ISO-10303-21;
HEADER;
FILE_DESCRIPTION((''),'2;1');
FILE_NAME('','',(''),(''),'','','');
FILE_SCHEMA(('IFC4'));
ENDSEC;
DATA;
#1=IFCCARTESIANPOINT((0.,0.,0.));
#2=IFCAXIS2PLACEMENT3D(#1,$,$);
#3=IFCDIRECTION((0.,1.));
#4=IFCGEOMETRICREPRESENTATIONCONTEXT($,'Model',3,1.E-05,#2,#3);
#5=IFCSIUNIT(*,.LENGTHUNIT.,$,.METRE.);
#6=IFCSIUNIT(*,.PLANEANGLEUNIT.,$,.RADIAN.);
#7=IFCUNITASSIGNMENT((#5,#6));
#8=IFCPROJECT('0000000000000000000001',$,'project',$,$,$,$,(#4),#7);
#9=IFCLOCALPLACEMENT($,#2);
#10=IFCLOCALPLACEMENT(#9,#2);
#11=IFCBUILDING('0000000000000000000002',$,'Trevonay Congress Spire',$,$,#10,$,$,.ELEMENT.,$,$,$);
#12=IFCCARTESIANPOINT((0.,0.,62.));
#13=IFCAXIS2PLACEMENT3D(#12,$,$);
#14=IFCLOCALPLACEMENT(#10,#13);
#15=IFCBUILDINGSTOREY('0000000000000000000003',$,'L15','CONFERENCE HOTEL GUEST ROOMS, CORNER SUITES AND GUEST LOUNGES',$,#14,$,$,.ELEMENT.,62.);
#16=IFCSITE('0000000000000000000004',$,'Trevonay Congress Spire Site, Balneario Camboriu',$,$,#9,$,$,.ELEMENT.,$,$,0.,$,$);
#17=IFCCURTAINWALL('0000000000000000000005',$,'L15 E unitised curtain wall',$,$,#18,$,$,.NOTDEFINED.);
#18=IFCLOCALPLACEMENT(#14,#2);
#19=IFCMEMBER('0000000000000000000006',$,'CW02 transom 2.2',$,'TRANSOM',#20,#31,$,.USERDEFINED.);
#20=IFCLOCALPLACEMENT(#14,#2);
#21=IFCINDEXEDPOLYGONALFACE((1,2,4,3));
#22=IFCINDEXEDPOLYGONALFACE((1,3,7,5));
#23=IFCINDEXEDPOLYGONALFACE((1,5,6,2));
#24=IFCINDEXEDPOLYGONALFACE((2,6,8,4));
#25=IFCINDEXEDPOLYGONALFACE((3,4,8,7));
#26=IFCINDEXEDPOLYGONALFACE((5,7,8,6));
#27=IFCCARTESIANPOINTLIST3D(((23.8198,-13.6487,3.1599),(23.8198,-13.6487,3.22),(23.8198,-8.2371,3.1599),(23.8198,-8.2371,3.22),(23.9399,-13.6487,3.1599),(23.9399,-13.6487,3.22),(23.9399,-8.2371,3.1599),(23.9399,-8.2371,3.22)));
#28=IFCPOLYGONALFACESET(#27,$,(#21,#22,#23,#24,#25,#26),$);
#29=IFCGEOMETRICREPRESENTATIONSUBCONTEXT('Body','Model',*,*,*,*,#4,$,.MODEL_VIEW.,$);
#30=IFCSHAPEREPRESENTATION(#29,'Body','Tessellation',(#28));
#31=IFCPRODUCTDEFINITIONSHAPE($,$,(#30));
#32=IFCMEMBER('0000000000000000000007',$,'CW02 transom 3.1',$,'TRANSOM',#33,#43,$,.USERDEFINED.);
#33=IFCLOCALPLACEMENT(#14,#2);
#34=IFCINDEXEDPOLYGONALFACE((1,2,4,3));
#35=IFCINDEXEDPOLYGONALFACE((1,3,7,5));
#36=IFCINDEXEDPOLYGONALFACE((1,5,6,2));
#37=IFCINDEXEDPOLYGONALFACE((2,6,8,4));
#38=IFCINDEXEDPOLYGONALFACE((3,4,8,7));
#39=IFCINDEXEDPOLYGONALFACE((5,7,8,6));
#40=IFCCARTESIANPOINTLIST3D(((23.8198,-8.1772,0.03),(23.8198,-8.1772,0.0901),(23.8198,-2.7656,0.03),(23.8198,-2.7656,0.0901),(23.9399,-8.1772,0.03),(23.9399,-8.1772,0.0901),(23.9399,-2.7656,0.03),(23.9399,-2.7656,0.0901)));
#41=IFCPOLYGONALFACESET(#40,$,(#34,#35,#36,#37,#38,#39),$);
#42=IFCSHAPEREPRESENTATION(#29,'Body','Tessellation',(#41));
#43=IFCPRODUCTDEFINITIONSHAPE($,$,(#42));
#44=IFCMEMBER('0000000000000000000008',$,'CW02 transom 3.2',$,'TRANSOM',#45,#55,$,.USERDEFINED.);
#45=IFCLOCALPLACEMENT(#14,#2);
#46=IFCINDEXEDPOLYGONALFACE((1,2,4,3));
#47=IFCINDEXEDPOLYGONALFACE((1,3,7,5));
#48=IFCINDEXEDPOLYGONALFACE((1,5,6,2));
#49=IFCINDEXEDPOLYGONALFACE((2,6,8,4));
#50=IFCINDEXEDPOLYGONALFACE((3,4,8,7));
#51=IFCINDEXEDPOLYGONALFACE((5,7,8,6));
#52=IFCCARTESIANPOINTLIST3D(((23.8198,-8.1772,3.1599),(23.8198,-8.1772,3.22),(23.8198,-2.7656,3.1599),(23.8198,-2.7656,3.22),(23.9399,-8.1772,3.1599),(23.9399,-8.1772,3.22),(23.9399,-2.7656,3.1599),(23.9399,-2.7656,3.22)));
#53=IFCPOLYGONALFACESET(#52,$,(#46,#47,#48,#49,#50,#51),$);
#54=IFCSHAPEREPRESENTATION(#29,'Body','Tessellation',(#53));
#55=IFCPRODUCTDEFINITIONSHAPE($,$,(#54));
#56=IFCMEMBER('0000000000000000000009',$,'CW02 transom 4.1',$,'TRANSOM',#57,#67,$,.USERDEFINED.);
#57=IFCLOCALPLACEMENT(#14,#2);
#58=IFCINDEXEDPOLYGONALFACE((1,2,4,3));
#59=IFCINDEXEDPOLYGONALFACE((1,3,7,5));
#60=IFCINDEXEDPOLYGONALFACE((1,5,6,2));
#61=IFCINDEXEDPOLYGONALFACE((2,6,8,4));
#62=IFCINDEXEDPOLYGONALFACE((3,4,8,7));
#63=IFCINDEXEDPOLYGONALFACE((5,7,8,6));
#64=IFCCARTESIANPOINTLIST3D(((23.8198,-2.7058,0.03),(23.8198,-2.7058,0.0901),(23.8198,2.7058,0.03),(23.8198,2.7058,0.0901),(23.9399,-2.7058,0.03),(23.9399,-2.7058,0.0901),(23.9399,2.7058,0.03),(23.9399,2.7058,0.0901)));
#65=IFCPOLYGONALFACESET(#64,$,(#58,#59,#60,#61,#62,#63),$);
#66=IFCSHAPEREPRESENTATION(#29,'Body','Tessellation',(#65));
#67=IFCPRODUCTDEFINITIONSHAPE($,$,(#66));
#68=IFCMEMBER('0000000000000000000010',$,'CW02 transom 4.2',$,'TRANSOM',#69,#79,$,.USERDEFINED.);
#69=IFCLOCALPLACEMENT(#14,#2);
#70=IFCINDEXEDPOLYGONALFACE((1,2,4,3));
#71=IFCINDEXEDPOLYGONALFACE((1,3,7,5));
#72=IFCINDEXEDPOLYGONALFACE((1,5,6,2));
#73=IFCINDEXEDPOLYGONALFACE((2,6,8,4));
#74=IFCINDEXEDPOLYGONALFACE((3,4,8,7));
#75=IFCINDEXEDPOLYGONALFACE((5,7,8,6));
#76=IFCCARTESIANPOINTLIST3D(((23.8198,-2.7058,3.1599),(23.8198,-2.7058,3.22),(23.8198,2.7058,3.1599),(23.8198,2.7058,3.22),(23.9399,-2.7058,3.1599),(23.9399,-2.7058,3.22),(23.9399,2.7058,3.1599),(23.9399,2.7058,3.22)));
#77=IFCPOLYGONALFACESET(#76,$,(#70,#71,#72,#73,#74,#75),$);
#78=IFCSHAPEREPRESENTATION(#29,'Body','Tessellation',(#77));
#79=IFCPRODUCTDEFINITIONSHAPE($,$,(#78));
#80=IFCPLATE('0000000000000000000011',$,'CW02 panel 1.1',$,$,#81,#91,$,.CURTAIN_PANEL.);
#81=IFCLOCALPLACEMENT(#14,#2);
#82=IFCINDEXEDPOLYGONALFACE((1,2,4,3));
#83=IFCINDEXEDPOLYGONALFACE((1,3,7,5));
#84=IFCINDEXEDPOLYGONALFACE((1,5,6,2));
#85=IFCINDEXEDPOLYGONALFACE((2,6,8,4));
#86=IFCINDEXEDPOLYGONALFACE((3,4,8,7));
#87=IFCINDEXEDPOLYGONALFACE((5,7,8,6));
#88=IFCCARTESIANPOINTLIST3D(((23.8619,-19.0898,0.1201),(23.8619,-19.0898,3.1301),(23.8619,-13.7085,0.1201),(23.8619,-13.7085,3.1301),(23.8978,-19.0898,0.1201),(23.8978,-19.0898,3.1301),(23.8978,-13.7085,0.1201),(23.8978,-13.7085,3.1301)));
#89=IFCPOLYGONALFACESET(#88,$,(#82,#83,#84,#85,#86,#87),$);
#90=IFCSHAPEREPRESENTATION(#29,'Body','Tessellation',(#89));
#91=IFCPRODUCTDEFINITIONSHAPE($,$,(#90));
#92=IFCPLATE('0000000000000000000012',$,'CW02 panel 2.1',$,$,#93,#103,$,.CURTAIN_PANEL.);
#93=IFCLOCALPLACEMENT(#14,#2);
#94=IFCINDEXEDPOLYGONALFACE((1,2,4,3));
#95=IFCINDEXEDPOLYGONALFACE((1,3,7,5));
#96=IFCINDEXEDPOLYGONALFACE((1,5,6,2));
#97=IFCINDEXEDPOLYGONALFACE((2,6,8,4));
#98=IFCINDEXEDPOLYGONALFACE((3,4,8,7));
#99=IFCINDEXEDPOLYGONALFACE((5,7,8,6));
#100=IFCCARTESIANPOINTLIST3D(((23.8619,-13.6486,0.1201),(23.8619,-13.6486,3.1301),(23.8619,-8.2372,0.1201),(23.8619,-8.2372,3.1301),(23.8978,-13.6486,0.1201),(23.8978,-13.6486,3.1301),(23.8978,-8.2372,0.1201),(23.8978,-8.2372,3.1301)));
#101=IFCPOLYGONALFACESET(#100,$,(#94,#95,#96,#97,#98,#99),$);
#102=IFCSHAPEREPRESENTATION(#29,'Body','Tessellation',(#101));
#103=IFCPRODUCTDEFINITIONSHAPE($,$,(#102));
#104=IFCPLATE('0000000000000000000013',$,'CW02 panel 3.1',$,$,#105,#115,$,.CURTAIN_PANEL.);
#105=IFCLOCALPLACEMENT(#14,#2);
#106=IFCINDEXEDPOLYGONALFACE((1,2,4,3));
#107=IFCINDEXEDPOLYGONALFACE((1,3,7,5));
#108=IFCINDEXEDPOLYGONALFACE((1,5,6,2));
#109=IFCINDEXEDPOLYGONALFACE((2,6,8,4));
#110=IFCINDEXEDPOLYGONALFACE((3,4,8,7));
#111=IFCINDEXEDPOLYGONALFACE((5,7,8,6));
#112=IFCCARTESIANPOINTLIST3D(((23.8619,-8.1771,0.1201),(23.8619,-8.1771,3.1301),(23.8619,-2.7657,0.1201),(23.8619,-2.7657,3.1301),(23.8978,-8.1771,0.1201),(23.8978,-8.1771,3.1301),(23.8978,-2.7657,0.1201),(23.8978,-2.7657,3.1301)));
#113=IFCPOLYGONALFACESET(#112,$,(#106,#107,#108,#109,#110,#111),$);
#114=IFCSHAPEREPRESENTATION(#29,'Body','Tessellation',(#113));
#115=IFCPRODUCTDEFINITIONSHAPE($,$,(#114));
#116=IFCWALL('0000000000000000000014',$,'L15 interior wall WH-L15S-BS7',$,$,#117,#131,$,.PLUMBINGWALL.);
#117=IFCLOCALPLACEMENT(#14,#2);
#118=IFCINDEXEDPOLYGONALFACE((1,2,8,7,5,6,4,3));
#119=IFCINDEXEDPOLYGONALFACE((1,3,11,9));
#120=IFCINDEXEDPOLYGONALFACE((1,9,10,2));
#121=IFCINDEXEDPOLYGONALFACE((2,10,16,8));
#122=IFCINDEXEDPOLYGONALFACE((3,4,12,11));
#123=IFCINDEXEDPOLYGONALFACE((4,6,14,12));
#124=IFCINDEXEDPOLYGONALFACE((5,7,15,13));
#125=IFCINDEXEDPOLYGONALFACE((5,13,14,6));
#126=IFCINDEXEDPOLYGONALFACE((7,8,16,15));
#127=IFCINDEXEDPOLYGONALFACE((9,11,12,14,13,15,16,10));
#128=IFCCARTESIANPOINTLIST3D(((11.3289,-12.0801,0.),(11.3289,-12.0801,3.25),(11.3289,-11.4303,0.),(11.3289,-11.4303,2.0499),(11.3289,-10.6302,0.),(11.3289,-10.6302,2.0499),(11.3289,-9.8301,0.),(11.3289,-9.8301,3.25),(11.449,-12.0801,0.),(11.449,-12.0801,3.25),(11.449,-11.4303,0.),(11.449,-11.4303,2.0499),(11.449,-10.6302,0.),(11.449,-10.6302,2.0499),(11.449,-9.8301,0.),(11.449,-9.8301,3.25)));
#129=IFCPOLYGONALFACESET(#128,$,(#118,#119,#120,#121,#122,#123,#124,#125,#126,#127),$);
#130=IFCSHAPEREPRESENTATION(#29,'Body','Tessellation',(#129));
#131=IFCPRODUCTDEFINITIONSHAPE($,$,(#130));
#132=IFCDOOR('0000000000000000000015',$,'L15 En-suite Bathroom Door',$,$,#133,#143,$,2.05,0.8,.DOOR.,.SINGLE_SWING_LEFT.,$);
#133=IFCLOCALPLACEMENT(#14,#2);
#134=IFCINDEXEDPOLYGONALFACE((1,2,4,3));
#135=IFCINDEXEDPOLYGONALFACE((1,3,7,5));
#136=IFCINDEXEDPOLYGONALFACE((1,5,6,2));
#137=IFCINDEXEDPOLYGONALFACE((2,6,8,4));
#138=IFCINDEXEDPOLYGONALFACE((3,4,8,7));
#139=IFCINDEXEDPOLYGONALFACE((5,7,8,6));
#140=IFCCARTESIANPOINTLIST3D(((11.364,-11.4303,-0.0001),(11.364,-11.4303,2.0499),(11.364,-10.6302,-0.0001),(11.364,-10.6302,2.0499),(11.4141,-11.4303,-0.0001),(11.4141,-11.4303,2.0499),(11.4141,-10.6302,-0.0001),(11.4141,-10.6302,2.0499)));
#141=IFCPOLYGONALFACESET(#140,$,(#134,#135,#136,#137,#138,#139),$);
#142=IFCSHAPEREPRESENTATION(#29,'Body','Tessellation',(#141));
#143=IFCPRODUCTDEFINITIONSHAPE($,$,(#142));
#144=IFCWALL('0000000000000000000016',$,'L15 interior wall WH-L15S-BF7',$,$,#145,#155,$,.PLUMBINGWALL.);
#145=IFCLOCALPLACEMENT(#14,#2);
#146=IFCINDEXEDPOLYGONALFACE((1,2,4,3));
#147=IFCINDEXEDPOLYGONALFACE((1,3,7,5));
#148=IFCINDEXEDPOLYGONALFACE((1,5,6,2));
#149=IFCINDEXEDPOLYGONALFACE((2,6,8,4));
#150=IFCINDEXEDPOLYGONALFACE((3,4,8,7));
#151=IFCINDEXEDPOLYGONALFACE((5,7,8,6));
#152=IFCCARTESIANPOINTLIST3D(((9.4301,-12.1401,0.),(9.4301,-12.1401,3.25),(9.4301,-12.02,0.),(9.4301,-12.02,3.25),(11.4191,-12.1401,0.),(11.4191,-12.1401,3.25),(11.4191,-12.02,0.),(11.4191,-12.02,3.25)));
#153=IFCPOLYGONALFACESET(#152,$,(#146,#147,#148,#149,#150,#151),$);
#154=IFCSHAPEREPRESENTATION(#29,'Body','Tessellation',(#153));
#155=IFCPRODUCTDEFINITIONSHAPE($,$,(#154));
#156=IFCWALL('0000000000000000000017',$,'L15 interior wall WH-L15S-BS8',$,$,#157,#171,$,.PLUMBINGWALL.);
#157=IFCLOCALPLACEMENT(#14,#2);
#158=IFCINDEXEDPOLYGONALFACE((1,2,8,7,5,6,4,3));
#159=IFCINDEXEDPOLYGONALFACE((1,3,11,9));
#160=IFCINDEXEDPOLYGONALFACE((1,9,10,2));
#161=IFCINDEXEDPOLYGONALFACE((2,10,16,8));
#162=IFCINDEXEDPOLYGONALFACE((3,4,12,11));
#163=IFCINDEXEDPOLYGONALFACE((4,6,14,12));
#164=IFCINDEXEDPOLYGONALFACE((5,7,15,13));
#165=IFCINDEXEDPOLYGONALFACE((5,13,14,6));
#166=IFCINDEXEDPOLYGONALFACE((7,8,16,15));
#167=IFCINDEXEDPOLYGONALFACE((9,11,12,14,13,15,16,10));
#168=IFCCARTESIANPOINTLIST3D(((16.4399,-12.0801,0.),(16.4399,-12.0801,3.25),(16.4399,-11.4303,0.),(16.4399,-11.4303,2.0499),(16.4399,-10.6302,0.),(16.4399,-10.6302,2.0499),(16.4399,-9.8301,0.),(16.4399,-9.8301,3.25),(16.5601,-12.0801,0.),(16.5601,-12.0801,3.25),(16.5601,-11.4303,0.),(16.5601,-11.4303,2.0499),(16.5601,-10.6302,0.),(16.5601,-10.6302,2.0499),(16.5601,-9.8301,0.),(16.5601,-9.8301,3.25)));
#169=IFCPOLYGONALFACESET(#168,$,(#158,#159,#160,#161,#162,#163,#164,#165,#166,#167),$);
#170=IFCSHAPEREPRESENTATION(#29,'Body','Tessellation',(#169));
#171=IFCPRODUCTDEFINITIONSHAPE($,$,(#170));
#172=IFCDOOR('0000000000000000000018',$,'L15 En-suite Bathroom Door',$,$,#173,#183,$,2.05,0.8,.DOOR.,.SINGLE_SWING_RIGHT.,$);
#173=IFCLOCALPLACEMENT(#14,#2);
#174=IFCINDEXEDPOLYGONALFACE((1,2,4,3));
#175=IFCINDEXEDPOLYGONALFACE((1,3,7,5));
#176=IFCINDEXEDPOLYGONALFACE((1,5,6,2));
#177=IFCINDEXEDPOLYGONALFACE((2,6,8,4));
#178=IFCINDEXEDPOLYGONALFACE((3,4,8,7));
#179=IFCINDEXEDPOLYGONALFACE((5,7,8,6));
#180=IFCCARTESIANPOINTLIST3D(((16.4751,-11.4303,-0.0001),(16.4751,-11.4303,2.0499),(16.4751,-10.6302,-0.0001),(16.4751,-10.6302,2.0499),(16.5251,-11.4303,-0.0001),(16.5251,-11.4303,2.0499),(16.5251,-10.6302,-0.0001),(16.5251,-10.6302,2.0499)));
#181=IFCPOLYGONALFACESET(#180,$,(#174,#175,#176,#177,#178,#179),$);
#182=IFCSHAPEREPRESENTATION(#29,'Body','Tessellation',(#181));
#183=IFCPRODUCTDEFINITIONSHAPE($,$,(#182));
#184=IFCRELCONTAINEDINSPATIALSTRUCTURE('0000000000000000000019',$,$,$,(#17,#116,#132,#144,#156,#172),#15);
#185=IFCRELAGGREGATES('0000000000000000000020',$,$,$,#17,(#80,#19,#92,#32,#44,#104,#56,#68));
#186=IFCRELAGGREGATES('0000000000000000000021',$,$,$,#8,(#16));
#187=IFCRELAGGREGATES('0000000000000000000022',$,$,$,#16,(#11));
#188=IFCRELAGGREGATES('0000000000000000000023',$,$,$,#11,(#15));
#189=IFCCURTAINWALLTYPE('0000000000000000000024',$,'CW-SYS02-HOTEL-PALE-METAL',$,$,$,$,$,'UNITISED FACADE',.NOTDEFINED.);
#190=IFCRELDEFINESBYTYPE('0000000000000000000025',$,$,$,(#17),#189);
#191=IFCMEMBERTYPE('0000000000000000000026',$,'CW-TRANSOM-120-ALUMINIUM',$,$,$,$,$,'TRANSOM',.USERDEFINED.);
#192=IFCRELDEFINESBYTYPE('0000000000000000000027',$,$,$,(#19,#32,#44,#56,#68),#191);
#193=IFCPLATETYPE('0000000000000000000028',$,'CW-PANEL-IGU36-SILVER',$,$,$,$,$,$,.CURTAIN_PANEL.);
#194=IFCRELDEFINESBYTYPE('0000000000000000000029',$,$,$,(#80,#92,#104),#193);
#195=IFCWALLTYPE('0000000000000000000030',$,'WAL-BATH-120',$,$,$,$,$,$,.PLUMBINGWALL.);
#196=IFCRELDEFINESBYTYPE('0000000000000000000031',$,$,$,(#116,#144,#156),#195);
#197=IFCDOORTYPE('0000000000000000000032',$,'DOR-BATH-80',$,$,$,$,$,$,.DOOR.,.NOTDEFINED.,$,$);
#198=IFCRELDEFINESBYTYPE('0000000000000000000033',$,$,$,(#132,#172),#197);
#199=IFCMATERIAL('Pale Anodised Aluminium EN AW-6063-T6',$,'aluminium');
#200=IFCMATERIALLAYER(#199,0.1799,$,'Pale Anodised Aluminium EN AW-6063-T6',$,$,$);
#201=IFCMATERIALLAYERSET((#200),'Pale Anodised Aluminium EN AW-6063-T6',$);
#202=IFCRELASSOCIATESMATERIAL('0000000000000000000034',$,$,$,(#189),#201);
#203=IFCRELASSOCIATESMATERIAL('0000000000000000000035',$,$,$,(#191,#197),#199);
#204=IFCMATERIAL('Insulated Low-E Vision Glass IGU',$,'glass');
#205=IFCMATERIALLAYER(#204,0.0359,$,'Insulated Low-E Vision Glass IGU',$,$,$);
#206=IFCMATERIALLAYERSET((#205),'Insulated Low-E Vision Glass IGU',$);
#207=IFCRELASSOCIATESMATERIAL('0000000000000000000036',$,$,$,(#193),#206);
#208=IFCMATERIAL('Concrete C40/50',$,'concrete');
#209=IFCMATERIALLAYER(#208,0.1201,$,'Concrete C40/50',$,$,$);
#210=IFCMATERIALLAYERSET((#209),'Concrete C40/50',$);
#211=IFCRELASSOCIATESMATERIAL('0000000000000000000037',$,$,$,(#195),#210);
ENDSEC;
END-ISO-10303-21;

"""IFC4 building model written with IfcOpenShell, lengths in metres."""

from ifc_helpers import new_model, si_unit, direction, frame, frame_2d, origin, origin_2d, place, context, subcontext, project, spatial, rectangle, extrude, material, layer, layer_set, material_profile, profile_set, type_object, element, fill, aggregate, save


model = new_model("IFC4")

# Units and contexts
model_context = context("Model", 3, precision=1e-05, world=origin(), true_north=direction((0.0, 1.0)))
body_context = subcontext(model_context, "Body", "Model", "MODEL_VIEW")
ifc_project = project(units=[si_unit("LENGTHUNIT", "METRE"), si_unit("PLANEANGLEUNIT", "RADIAN")], contexts=[model_context])

# Site, building, storey
site_placement = place(None, origin())
site = spatial("IfcSite", under=ifc_project, at=site_placement, Name="Trevonay Congress Spire Site, Balneario Camboriu", CompositionType="ELEMENT", RefElevation=0.0)
building_placement = place(site_placement, origin())
building = spatial("IfcBuilding", under=site, at=building_placement, Name="Trevonay Congress Spire", CompositionType="ELEMENT")
storey_placement = place(building_placement, frame((0.0, 0.0, 62.0)))
storey = spatial("IfcBuildingStorey", under=building, at=storey_placement, Name="L15", Description="CONFERENCE HOTEL GUEST ROOMS, CORNER SUITES AND GUEST LOUNGES", CompositionType="ELEMENT", Elevation=62.0)

# Curtain wall, members, plates
ifc_material_1 = material(Name="Pale Anodised Aluminium EN AW-6063-T6", Category="aluminium")
ifc_layer_1 = layer(ifc_material_1, 0.1799, Name="Pale Anodised Aluminium EN AW-6063-T6")
ifc_layer_set_1 = layer_set([ifc_layer_1], Name="Pale Anodised Aluminium EN AW-6063-T6")
curtain_wall_type = type_object("IfcCurtainWallType", Name="CW-SYS02-HOTEL-PALE-METAL", ElementType="UNITISED FACADE", PredefinedType="NOTDEFINED", material=ifc_layer_set_1)
curtain_wall_placement = place(storey_placement, origin())
curtain_wall = element("IfcCurtainWall", 1, at=curtain_wall_placement, inside=storey, type_object=curtain_wall_type, Name="L15 E unitised curtain wall", PredefinedType="NOTDEFINED")
ifc_material_profile_1 = material_profile(ifc_material_1, rectangle(XDim=0.1201, YDim=0.0601, at=origin_2d()), Name="CW-TRANSOM-120-ALUMINIUM")
ifc_profile_set_1 = profile_set([ifc_material_profile_1], Name="Pale Anodised Aluminium EN AW-6063-T6")
member_type_1 = type_object("IfcMemberType", Name="CW-TRANSOM-120-ALUMINIUM", ElementType="TRANSOM", PredefinedType="USERDEFINED", material=ifc_profile_set_1)
member_1_placement = place(storey_placement, frame((23.8799, -13.6487, 3.1899), z_axis=(0.0, 1.0, 0.0), x_axis=(-1.0, 0.0, 0.0)))
member_1 = element("IfcMember", 2, at=member_1_placement, type_object=member_type_1, Name="CW02 transom 2.2", ObjectType="TRANSOM", PredefinedType="USERDEFINED", context=body_context, shape_type="SweptSolid", body=[
    extrude(rectangle(XDim=0.1201, YDim=0.0601, at=origin_2d()), origin(), (0.0, 0.0, 1.0), 5.4116),
])
member_2_placement = place(storey_placement, frame((23.8799, -8.1772, 0.0601), z_axis=(0.0, 1.0, 0.0), x_axis=(-1.0, 0.0, 0.0)))
member_2 = element("IfcMember", 3, at=member_2_placement, type_object=member_type_1, Name="CW02 transom 3.1", ObjectType="TRANSOM", PredefinedType="USERDEFINED", context=body_context, shape_type="SweptSolid", body=[
    extrude(rectangle(XDim=0.1201, YDim=0.0601, at=origin_2d()), origin(), (0.0, 0.0, 1.0), 5.4116),
])
member_3_placement = place(storey_placement, frame((23.8799, -8.1772, 3.1899), z_axis=(0.0, 1.0, 0.0), x_axis=(-1.0, 0.0, 0.0)))
member_3 = element("IfcMember", 4, at=member_3_placement, type_object=member_type_1, Name="CW02 transom 3.2", ObjectType="TRANSOM", PredefinedType="USERDEFINED", context=body_context, shape_type="SweptSolid", body=[
    extrude(rectangle(XDim=0.1201, YDim=0.0601, at=origin_2d()), origin(), (0.0, 0.0, 1.0), 5.4116),
])
member_4_placement = place(storey_placement, frame((23.8799, -2.7058, 0.0601), z_axis=(0.0, 1.0, 0.0), x_axis=(-1.0, 0.0, 0.0)))
member_4 = element("IfcMember", 5, at=member_4_placement, type_object=member_type_1, Name="CW02 transom 4.1", ObjectType="TRANSOM", PredefinedType="USERDEFINED", context=body_context, shape_type="SweptSolid", body=[
    extrude(rectangle(XDim=0.1201, YDim=0.0601, at=origin_2d()), origin(), (0.0, 0.0, 1.0), 5.4116),
])
member_5_placement = place(storey_placement, frame((23.8799, -2.7058, 3.1899), z_axis=(0.0, 1.0, 0.0), x_axis=(-1.0, 0.0, 0.0)))
member_5 = element("IfcMember", 6, at=member_5_placement, type_object=member_type_1, Name="CW02 transom 4.2", ObjectType="TRANSOM", PredefinedType="USERDEFINED", context=body_context, shape_type="SweptSolid", body=[
    extrude(rectangle(XDim=0.1201, YDim=0.0601, at=origin_2d()), origin(), (0.0, 0.0, 1.0), 5.4116),
])
ifc_material_2 = material(Name="Insulated Low-E Vision Glass IGU", Category="glass")
ifc_layer_2 = layer(ifc_material_2, 0.0359, Name="Insulated Low-E Vision Glass IGU")
ifc_layer_set_2 = layer_set([ifc_layer_2], Name="Insulated Low-E Vision Glass IGU")
plate_type = type_object("IfcPlateType", Name="CW-PANEL-IGU36-SILVER", PredefinedType="CURTAIN_PANEL", material=ifc_layer_set_2)
plate_1_placement = place(storey_placement, frame((23.8799, -16.3992, 0.1201), z_axis=(0.0, 0.0, 1.0), x_axis=(0.0, 1.0, 0.0)))
plate_1 = element("IfcPlate", 7, at=plate_1_placement, type_object=plate_type, Name="CW02 panel 1.1", PredefinedType="CURTAIN_PANEL", context=body_context, shape_type="SweptSolid", body=[
    extrude(rectangle(XDim=5.3813, YDim=0.0359, at=origin_2d()), origin(), (0.0, 0.0, 1.0), 3.01),
])
plate_2_placement = place(storey_placement, frame((23.8799, -10.9429, 0.1201), z_axis=(0.0, 0.0, 1.0), x_axis=(0.0, 1.0, 0.0)))
plate_2 = element("IfcPlate", 8, at=plate_2_placement, type_object=plate_type, Name="CW02 panel 2.1", PredefinedType="CURTAIN_PANEL", context=body_context, shape_type="SweptSolid", body=[
    extrude(rectangle(XDim=5.4114, YDim=0.0359, at=origin_2d()), origin(), (0.0, 0.0, 1.0), 3.01),
])
plate_3_placement = place(storey_placement, frame((23.8799, -5.4714, 0.1201), z_axis=(0.0, 0.0, 1.0), x_axis=(0.0, 1.0, 0.0)))
plate_3 = element("IfcPlate", 9, at=plate_3_placement, type_object=plate_type, Name="CW02 panel 3.1", PredefinedType="CURTAIN_PANEL", context=body_context, shape_type="SweptSolid", body=[
    extrude(rectangle(XDim=5.4114, YDim=0.0359, at=origin_2d()), origin(), (0.0, 0.0, 1.0), 3.01),
])
aggregate(curtain_wall, [plate_1, member_1, plate_2, member_2, member_3, plate_3, member_4, member_5])

# Wall, opening, door
ifc_material_3 = material(Name="Concrete C40/50", Category="concrete")
ifc_layer_3 = layer(ifc_material_3, 0.1201, Name="Concrete C40/50")
ifc_layer_set_3 = layer_set([ifc_layer_3], Name="Concrete C40/50")
wall_type_1 = type_object("IfcWallType", Name="WAL-BATH-120", PredefinedType="PLUMBINGWALL", material=ifc_layer_set_3)
wall_1_placement = place(storey_placement, frame((11.3889, -12.0801, 0.0), z_axis=(0.0, 0.0, 1.0), x_axis=(0.0, 1.0, 0.0)))
wall_1 = element("IfcWall", 10, at=wall_1_placement, inside=storey, type_object=wall_type_1, Name="L15 interior wall WH-L15S-BS7", PredefinedType="PLUMBINGWALL", context=body_context, shape_type="SweptSolid", body=[
    extrude(rectangle(XDim=2.25, YDim=0.1201, at=frame_2d((1.125, 0.0))), origin(), (0.0, 0.0, 1.0), 3.25),
])
opening_1_placement = place(wall_1_placement, frame((0.6499, 0.0, 0.0)))
opening_1 = element("IfcOpeningElement", 11, at=opening_1_placement, cuts=wall_1, PredefinedType="OPENING", context=body_context, shape_type="SweptSolid", body=[
    extrude(rectangle(XDim=0.8, YDim=2.05, at=frame_2d((0.3999, 1.0249))), frame((0.0, 0.0701, 0.0), z_axis=(0.0, -1.0, 0.0), x_axis=(1.0, 0.0, 0.0)), (0.0, 0.0, 1.0), 0.1401),
])
door_type_1 = type_object("IfcDoorType", Name="DOR-BATH-80", OperationType="NOTDEFINED", PredefinedType="DOOR", material=ifc_material_1)
door_1_placement = place(opening_1_placement, origin())
door_1 = element("IfcDoor", 12, at=door_1_placement, inside=storey, type_object=door_type_1, Name="L15 En-suite Bathroom Door", OperationType="SINGLE_SWING_LEFT", OverallHeight=2.05, OverallWidth=0.8, PredefinedType="DOOR", context=body_context, shape_type="SweptSolid", body=[
    extrude(rectangle(XDim=0.8, YDim=2.05, at=frame_2d((0.3999, 1.0249))), frame((0.0, 0.0249, 0.0), z_axis=(0.0, -1.0, 0.0), x_axis=(1.0, 0.0, 0.0)), (0.0, 0.0, 1.0), 0.05),
])
fill(opening_1, door_1)

# Wall
wall_2_placement = place(storey_placement, frame((9.4299, -12.0801, 0.0), z_axis=(0.0, 0.0, 1.0), x_axis=(1.0, 0.0, 0.0)))
element("IfcWall", 13, at=wall_2_placement, inside=storey, type_object=wall_type_1, Name="L15 interior wall WH-L15S-BF7", PredefinedType="PLUMBINGWALL", context=body_context, shape_type="SweptSolid", body=[
    extrude(rectangle(XDim=1.989, YDim=0.1201, at=frame_2d((0.9946, 0.0))), origin(), (0.0, 0.0, 1.0), 3.25),
])

# Wall, opening, door
wall_3_placement = place(storey_placement, frame((16.5, -12.0801, 0.0), z_axis=(0.0, 0.0, 1.0), x_axis=(0.0, 1.0, 0.0)))
wall_3 = element("IfcWall", 14, at=wall_3_placement, inside=storey, type_object=wall_type_1, Name="L15 interior wall WH-L15S-BS8", PredefinedType="PLUMBINGWALL", context=body_context, shape_type="SweptSolid", body=[
    extrude(rectangle(XDim=2.25, YDim=0.1201, at=frame_2d((1.125, 0.0))), origin(), (0.0, 0.0, 1.0), 3.25),
])
opening_2_placement = place(wall_3_placement, frame((0.6499, 0.0, 0.0)))
opening_2 = element("IfcOpeningElement", 15, at=opening_2_placement, cuts=wall_3, PredefinedType="OPENING", context=body_context, shape_type="SweptSolid", body=[
    extrude(rectangle(XDim=0.8, YDim=2.05, at=frame_2d((0.3999, 1.0249))), frame((0.0, 0.0701, 0.0), z_axis=(0.0, -1.0, 0.0), x_axis=(1.0, 0.0, 0.0)), (0.0, 0.0, 1.0), 0.1401),
])
door_2_placement = place(opening_2_placement, origin())
door_2 = element("IfcDoor", 16, at=door_2_placement, inside=storey, type_object=door_type_1, Name="L15 En-suite Bathroom Door", OperationType="SINGLE_SWING_RIGHT", OverallHeight=2.05, OverallWidth=0.8, PredefinedType="DOOR", context=body_context, shape_type="SweptSolid", body=[
    extrude(rectangle(XDim=0.8, YDim=2.05, at=frame_2d((0.3999, 1.0249))), frame((0.0, 0.0249, 0.0), z_axis=(0.0, -1.0, 0.0), x_axis=(1.0, 0.0, 0.0)), (0.0, 0.0, 1.0), 0.05),
])
fill(opening_2, door_2)

save(model, "model.ifc")
